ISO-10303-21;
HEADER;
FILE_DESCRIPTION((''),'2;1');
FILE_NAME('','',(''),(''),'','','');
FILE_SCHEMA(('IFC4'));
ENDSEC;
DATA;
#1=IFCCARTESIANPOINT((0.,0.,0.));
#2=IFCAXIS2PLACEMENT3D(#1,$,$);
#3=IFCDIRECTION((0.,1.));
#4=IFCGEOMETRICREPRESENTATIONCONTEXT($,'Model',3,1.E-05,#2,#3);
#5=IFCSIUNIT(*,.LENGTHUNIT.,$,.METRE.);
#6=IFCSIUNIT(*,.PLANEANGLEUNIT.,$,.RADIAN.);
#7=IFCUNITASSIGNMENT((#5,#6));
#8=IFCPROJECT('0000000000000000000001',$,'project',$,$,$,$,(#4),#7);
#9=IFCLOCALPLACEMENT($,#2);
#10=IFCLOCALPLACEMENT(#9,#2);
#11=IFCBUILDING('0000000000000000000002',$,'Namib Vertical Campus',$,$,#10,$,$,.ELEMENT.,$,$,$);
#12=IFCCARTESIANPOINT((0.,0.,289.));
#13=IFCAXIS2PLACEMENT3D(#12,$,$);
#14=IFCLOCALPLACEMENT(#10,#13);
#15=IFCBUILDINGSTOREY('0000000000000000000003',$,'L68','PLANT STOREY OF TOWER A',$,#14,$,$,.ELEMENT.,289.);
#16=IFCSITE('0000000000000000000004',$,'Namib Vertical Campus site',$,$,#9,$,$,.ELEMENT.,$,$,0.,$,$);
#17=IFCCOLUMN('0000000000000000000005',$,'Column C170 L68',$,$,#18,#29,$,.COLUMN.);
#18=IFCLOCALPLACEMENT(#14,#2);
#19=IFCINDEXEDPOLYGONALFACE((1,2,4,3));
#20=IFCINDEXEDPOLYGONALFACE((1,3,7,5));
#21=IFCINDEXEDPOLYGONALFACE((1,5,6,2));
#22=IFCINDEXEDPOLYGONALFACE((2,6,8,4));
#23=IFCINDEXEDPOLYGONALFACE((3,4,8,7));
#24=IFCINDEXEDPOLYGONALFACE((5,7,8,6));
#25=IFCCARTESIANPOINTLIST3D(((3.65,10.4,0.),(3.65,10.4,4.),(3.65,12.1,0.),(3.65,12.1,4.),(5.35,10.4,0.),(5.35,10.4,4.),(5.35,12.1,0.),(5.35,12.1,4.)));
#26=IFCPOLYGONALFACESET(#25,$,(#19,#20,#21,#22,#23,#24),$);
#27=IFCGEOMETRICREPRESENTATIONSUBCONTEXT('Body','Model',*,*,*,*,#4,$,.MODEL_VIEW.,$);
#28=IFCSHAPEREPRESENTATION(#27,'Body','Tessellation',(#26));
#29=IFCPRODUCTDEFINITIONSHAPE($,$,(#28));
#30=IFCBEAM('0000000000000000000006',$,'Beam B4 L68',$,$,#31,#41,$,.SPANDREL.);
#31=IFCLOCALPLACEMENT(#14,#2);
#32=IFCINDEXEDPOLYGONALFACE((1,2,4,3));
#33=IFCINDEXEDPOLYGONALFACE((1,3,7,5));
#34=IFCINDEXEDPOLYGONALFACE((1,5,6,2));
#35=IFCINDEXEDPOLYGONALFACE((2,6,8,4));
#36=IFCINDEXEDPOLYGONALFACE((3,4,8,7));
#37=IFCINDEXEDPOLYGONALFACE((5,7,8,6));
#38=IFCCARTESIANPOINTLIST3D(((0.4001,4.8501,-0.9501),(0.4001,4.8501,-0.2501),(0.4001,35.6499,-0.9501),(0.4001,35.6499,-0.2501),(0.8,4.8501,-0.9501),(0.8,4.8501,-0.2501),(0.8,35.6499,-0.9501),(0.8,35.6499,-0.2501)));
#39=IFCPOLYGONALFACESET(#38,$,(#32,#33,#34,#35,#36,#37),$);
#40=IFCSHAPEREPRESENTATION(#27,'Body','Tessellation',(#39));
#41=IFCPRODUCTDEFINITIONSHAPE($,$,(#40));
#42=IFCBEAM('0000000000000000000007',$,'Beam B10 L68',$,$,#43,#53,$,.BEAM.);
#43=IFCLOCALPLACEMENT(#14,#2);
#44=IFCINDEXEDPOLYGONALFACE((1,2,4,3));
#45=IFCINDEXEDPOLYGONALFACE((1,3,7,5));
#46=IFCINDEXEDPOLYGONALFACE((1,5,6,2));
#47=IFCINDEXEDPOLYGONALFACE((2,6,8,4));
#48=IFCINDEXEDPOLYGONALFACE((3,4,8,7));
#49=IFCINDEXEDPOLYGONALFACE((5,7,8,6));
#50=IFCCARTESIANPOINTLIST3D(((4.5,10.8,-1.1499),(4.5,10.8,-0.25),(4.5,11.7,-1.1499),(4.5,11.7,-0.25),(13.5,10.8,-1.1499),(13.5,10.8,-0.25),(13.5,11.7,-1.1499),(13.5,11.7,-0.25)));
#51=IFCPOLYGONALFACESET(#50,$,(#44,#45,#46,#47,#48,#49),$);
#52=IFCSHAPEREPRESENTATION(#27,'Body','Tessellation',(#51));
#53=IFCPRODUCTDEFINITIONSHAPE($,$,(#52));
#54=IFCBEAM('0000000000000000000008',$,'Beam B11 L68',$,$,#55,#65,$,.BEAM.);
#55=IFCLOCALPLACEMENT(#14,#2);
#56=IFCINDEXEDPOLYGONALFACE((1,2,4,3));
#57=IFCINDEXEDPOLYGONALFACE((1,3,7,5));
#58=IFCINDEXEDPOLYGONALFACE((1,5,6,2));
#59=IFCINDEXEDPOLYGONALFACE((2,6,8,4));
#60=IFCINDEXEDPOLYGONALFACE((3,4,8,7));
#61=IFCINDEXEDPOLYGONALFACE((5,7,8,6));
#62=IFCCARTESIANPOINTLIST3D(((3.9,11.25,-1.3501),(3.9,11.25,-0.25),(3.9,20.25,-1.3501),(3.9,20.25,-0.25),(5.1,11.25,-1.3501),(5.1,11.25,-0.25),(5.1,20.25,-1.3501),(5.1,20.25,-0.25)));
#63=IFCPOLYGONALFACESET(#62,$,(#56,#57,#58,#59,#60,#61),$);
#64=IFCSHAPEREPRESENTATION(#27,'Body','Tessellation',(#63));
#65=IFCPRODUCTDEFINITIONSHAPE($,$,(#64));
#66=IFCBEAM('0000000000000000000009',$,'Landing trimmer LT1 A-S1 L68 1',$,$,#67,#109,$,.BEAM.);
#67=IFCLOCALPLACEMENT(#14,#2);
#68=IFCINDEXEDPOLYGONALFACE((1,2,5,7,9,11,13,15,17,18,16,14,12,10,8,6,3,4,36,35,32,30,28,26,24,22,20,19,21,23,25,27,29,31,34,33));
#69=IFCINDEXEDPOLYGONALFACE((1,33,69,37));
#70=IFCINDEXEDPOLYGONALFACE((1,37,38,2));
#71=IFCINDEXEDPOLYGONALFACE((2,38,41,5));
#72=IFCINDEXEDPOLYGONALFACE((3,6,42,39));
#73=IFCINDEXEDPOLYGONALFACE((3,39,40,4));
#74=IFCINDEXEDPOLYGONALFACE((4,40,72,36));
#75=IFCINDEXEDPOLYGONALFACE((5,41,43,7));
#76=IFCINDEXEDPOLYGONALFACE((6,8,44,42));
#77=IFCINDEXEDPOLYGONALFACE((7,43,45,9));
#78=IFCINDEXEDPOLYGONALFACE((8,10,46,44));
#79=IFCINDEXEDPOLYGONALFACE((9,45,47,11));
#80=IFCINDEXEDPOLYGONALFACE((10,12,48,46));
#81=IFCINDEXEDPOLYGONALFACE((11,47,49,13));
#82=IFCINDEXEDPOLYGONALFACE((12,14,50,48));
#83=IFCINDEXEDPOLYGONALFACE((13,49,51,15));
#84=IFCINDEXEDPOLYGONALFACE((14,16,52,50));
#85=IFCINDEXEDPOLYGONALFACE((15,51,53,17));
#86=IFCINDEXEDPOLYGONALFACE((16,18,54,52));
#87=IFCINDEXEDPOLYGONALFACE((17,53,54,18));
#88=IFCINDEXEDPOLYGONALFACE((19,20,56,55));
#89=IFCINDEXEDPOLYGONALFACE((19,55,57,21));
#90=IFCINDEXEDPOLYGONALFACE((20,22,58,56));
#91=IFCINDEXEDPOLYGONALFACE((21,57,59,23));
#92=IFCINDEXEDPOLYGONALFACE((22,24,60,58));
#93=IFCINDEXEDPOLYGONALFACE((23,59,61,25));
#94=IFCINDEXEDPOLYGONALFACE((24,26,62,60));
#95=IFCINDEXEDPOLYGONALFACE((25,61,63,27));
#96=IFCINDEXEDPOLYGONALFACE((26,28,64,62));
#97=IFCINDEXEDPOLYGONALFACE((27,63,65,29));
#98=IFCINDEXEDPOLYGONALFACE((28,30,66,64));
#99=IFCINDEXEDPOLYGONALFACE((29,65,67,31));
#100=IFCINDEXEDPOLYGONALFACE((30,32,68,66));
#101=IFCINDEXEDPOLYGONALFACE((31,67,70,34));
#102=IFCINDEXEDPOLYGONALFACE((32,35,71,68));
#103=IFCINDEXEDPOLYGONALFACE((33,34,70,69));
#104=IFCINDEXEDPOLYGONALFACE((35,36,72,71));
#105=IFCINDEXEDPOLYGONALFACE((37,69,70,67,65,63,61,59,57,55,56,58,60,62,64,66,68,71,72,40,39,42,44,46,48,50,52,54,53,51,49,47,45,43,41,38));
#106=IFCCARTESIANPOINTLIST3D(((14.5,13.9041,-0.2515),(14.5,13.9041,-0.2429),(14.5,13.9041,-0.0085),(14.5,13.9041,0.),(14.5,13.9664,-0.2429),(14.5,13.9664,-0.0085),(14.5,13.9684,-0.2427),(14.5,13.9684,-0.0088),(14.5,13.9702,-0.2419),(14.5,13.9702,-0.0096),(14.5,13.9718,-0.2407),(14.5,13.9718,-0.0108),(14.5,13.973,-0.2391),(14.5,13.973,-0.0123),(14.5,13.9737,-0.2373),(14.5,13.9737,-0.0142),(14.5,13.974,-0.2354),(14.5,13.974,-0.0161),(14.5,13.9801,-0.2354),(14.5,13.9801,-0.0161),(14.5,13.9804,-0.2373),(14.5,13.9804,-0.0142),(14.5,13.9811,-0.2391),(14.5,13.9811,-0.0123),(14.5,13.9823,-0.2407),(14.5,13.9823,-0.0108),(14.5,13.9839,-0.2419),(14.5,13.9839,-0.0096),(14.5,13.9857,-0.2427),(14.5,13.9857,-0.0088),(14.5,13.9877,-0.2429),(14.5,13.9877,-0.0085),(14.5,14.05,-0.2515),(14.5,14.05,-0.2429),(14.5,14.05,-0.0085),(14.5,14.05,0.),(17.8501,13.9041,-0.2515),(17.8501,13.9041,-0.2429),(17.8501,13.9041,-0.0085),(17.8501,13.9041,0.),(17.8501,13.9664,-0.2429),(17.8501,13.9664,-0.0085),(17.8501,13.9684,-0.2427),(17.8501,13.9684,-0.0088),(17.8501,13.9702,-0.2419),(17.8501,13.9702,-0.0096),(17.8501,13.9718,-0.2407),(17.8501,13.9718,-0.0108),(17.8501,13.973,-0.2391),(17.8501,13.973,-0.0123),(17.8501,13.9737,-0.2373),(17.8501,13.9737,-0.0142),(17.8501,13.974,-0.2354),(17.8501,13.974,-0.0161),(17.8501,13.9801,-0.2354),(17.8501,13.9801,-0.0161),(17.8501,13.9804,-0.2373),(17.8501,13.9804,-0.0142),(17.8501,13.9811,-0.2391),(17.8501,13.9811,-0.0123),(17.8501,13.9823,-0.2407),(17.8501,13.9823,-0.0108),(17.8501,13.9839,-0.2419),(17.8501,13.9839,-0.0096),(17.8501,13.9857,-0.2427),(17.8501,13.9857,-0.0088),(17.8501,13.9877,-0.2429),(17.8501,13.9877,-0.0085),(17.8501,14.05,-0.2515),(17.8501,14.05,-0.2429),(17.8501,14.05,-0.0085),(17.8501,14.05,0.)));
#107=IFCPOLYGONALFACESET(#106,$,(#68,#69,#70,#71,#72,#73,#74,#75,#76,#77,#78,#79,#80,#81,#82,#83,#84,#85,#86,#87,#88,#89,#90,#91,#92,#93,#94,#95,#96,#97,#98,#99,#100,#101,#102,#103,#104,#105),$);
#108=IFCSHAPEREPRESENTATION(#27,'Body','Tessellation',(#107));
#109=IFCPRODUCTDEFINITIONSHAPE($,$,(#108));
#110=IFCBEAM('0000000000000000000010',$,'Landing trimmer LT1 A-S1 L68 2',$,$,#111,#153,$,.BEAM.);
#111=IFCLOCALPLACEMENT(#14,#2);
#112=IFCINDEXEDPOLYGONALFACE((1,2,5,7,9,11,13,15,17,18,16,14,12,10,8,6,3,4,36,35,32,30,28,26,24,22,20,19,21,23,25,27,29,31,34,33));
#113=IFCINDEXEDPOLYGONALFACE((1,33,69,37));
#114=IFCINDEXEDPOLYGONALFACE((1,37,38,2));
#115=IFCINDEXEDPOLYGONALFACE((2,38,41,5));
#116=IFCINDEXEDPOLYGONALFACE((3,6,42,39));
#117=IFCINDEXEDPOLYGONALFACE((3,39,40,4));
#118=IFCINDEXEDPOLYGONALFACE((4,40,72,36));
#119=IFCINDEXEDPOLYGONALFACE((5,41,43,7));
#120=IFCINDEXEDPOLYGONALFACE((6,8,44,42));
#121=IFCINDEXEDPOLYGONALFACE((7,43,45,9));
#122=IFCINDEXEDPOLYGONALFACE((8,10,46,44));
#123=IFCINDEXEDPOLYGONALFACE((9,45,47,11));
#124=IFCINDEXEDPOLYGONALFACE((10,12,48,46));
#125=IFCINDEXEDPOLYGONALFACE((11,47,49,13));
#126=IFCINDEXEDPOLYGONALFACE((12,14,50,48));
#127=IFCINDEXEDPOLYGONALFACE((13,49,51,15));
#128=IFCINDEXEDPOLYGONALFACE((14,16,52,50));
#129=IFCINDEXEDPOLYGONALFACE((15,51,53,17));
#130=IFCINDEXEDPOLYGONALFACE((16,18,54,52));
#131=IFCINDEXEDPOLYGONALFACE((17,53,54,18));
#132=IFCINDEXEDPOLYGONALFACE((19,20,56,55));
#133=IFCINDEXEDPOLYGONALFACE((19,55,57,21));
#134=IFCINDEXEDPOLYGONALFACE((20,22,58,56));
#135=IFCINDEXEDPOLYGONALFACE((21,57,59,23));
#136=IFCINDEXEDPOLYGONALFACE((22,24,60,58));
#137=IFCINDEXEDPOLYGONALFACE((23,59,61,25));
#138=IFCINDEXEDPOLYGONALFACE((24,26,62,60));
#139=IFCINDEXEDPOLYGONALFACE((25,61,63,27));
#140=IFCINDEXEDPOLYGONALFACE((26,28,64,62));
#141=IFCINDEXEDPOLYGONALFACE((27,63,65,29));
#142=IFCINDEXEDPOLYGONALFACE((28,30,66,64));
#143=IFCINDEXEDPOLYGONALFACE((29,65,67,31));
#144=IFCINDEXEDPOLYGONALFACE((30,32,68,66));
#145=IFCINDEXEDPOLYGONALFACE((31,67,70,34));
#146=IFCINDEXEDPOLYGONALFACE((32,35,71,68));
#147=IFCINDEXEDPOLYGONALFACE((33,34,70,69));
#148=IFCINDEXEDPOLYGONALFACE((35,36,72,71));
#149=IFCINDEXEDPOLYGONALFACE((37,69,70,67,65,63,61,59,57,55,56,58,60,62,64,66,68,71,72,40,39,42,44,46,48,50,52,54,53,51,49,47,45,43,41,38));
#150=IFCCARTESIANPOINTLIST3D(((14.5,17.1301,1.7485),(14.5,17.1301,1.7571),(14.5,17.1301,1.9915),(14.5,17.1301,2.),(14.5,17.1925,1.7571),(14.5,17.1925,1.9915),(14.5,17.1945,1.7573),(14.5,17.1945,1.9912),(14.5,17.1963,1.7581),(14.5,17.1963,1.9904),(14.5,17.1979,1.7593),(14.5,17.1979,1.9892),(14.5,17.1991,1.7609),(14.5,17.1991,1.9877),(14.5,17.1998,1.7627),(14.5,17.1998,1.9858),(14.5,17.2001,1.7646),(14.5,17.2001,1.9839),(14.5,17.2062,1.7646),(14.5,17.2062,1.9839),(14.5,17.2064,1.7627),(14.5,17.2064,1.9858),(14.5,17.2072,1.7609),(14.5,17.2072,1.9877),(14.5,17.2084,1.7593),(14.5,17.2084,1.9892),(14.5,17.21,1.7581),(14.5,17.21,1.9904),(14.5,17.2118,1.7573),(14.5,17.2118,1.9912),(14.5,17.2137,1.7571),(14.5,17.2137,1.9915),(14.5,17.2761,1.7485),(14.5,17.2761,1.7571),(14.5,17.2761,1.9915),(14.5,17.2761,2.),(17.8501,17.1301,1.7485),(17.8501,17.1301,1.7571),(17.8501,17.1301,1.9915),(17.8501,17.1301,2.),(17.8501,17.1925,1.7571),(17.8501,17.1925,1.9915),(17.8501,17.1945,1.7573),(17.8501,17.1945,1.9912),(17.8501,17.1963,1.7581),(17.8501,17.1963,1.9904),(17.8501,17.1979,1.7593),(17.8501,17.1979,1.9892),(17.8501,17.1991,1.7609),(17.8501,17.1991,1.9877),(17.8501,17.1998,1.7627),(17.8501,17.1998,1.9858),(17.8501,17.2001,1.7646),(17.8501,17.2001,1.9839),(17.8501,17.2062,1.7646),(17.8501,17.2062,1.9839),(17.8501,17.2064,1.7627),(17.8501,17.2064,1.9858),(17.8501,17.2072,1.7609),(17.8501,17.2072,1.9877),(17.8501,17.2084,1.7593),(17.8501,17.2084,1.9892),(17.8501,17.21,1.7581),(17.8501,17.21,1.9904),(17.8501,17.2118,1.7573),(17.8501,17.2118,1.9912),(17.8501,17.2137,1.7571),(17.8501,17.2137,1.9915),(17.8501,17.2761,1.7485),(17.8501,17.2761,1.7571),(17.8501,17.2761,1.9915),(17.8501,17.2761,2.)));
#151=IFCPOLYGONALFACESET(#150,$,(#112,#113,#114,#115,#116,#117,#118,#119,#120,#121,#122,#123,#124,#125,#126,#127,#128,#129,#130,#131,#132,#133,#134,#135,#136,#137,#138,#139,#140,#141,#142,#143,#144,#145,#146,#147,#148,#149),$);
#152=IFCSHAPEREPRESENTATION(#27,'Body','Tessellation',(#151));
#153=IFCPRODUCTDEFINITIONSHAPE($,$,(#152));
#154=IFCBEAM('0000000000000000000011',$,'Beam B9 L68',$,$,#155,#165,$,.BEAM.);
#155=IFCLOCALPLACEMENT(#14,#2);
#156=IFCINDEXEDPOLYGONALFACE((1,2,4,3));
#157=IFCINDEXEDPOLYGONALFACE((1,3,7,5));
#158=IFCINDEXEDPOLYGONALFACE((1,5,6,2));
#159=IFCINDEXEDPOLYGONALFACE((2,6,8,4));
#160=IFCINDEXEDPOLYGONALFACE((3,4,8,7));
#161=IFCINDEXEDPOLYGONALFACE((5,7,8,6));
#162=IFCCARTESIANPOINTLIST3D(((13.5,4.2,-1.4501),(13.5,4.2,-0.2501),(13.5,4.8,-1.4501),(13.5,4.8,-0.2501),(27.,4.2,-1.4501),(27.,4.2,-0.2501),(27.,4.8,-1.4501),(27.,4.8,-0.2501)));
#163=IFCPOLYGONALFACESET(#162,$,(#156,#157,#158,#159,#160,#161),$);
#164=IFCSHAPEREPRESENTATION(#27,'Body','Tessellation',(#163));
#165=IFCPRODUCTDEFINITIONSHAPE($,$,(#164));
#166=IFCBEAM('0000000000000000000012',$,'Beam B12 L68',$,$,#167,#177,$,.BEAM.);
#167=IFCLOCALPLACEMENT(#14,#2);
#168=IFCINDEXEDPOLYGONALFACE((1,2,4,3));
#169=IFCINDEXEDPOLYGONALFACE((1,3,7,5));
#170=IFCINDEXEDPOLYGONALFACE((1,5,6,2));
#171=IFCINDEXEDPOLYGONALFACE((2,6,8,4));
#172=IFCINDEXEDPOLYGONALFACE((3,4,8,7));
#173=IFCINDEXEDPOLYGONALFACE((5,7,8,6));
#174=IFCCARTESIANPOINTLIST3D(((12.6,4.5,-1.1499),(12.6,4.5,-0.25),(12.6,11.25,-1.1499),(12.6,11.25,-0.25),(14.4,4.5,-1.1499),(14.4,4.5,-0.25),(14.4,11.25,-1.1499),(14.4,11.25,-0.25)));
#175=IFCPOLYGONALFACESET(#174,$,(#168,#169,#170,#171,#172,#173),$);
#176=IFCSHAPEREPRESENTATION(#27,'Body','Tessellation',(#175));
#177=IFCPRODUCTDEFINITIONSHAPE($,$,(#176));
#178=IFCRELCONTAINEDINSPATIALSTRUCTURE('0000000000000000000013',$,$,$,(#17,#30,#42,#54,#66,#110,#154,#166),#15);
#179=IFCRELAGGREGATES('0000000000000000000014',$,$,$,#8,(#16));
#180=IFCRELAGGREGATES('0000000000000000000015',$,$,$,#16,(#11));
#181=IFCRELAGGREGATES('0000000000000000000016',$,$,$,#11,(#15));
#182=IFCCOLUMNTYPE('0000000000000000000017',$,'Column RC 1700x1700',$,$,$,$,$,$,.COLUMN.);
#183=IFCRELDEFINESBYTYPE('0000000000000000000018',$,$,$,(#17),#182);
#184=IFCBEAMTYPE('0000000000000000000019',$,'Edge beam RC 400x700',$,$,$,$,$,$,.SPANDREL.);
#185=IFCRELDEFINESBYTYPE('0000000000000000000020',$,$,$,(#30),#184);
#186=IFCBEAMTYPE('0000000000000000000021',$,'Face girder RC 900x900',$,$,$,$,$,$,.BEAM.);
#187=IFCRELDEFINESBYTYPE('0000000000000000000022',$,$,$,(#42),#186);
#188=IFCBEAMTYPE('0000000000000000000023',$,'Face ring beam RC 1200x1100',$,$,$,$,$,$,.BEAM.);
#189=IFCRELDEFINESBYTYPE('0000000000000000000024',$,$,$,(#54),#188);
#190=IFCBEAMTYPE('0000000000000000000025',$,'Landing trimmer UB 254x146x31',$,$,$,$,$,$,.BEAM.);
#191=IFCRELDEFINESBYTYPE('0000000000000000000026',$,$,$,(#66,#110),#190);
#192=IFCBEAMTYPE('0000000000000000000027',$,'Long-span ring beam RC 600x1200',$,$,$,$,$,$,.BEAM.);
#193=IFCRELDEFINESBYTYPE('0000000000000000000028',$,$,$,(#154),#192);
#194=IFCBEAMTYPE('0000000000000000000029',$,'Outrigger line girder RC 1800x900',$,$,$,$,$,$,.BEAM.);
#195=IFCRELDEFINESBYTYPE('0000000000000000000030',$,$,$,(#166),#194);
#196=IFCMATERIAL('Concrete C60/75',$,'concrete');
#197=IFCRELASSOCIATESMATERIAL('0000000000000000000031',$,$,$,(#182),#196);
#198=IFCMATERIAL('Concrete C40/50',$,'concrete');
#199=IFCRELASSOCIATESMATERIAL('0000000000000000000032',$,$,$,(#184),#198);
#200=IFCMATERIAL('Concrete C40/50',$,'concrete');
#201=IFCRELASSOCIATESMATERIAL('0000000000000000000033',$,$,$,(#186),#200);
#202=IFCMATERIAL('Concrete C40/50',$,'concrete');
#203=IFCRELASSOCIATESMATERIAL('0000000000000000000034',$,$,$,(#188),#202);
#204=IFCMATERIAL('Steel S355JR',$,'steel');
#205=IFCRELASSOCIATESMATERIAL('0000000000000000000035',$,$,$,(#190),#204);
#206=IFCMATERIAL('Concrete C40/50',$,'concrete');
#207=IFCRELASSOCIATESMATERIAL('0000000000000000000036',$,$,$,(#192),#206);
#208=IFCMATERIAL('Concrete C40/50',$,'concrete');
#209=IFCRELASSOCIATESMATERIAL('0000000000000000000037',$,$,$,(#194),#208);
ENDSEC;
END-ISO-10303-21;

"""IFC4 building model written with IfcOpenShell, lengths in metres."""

from ifc_helpers import new_model, si_unit, direction, frame, origin, origin_2d, place, context, subcontext, project, spatial, rectangle, i_section, extrude, material, material_profile, profile_set, type_object, element, save


model = new_model("IFC4")

# Units and contexts
model_context = context("Model", 3, precision=1e-05, world=origin(), true_north=direction((0.0, 1.0)))
body_context = subcontext(model_context, "Body", "Model", "MODEL_VIEW")
ifc_project = project(units=[si_unit("LENGTHUNIT", "METRE"), si_unit("PLANEANGLEUNIT", "RADIAN")], contexts=[model_context])

# Site, building, storey
site_placement = place(None, origin())
site = spatial("IfcSite", under=ifc_project, at=site_placement, Name="Namib Vertical Campus site", CompositionType="ELEMENT", RefElevation=0.0)
building_placement = place(site_placement, origin())
building = spatial("IfcBuilding", under=site, at=building_placement, Name="Namib Vertical Campus", CompositionType="ELEMENT")
storey_placement = place(building_placement, frame((0.0, 0.0, 289.0)))
storey = spatial("IfcBuildingStorey", under=building, at=storey_placement, Name="L68", Description="PLANT STOREY OF TOWER A", CompositionType="ELEMENT", Elevation=289.0)

# Column
ifc_material_1 = material(Name="Concrete C60/75", Category="concrete")
ifc_material_profile_1 = material_profile(ifc_material_1, rectangle(XDim=1.7, YDim=1.7, at=origin_2d()))
ifc_profile_set_1 = profile_set([ifc_material_profile_1], Name="Concrete C60/75")
column_type = type_object("IfcColumnType", Name="Column RC 1700x1700", PredefinedType="COLUMN", material=ifc_profile_set_1)
column_placement = place(storey_placement, frame((4.5, 11.25, 0.0), z_axis=(0.0, 0.0, 1.0), x_axis=(1.0, 0.0, 0.0)))
element("IfcColumn", 1, at=column_placement, inside=storey, type_object=column_type, Name="Column C170 L68", PredefinedType="COLUMN", context=body_context, shape_type="SweptSolid", body=[
    extrude(rectangle(XDim=1.7, YDim=1.7, at=origin_2d()), origin(), (0.0, 0.0, 1.0), 4.0),
])

# Beams
ifc_material_2 = material(Name="Concrete C40/50", Category="concrete")
ifc_material_profile_2 = material_profile(ifc_material_2, rectangle(XDim=0.3999, YDim=0.7, at=origin_2d()))
ifc_profile_set_2 = profile_set([ifc_material_profile_2], Name="Concrete C40/50")
beam_type_1 = type_object("IfcBeamType", Name="Edge beam RC 400x700", PredefinedType="SPANDREL", material=ifc_profile_set_2)
beam_1_placement = place(storey_placement, frame((0.6001, 4.8501, -0.6001), z_axis=(0.0, 1.0, 0.0), x_axis=(-1.0, 0.0, 0.0)))
element("IfcBeam", 2, at=beam_1_placement, inside=storey, type_object=beam_type_1, Name="Beam B4 L68", PredefinedType="SPANDREL", context=body_context, shape_type="SweptSolid", body=[
    extrude(rectangle(XDim=0.3999, YDim=0.7, at=origin_2d()), origin(), (0.0, 0.0, 1.0), 30.7998),
])
ifc_material_3 = material(Name="Concrete C40/50", Category="concrete")
ifc_material_profile_3 = material_profile(ifc_material_3, rectangle(XDim=0.8999, YDim=0.8999, at=origin_2d()))
ifc_profile_set_3 = profile_set([ifc_material_profile_3], Name="Concrete C40/50")
beam_type_2 = type_object("IfcBeamType", Name="Face girder RC 900x900", PredefinedType="BEAM", material=ifc_profile_set_3)
beam_2_placement = place(storey_placement, frame((4.5, 11.25, -0.7), z_axis=(1.0, 0.0, 0.0), x_axis=(0.0, 1.0, 0.0)))
element("IfcBeam", 3, at=beam_2_placement, inside=storey, type_object=beam_type_2, Name="Beam B10 L68", PredefinedType="BEAM", context=body_context, shape_type="SweptSolid", body=[
    extrude(rectangle(XDim=0.8999, YDim=0.8999, at=origin_2d()), origin(), (0.0, 0.0, 1.0), 9.0),
])
ifc_material_4 = material(Name="Concrete C40/50", Category="concrete")
ifc_material_profile_4 = material_profile(ifc_material_4, rectangle(XDim=1.2, YDim=1.1001, at=origin_2d()))
ifc_profile_set_4 = profile_set([ifc_material_profile_4], Name="Concrete C40/50")
beam_type_3 = type_object("IfcBeamType", Name="Face ring beam RC 1200x1100", PredefinedType="BEAM", material=ifc_profile_set_4)
beam_3_placement = place(storey_placement, frame((4.5, 11.25, -0.8), z_axis=(0.0, 1.0, 0.0), x_axis=(-1.0, 0.0, 0.0)))
element("IfcBeam", 4, at=beam_3_placement, inside=storey, type_object=beam_type_3, Name="Beam B11 L68", PredefinedType="BEAM", context=body_context, shape_type="SweptSolid", body=[
    extrude(rectangle(XDim=1.2, YDim=1.1001, at=origin_2d()), origin(), (0.0, 0.0, 1.0), 9.0),
])
ifc_material_5 = material(Name="Steel S355JR", Category="steel")
ifc_material_profile_5 = material_profile(ifc_material_5, i_section(OverallWidth=0.146, OverallDepth=0.2515, WebThickness=0.0061, FlangeThickness=0.0085, FilletRadius=0.0076, at=origin_2d()))
ifc_profile_set_5 = profile_set([ifc_material_profile_5], Name="Steel S355JR")
beam_type_4 = type_object("IfcBeamType", Name="Landing trimmer UB 254x146x31", PredefinedType="BEAM", material=ifc_profile_set_5)
for number, where, z_axis, x_axis, name in (
    (5, (14.5, 13.9771, -0.1257), (1.0, 0.0, 0.0), (0.0, 1.0, 0.0), "Landing trimmer LT1 A-S1 L68 1"),
    (6, (14.5, 17.2031, 1.8743), (1.0, 0.0, 0.0), (0.0, 1.0, 0.0), "Landing trimmer LT1 A-S1 L68 2"),
):
    element("IfcBeam", number, at=place(storey_placement, frame(where, z_axis=z_axis, x_axis=x_axis)), inside=storey, type_object=beam_type_4, Name=name, PredefinedType="BEAM", context=body_context, shape_type="SweptSolid", body=[
        extrude(i_section(OverallWidth=0.146, OverallDepth=0.2515, WebThickness=0.0061, FlangeThickness=0.0085, FilletRadius=0.0076, at=origin_2d()), origin(), (0.0, 0.0, 1.0), 3.3501),
    ])
ifc_material_6 = material(Name="Concrete C40/50", Category="concrete")
ifc_material_profile_6 = material_profile(ifc_material_6, rectangle(XDim=0.6001, YDim=1.2, at=origin_2d()))
ifc_profile_set_6 = profile_set([ifc_material_profile_6], Name="Concrete C40/50")
beam_type_5 = type_object("IfcBeamType", Name="Long-span ring beam RC 600x1200", PredefinedType="BEAM", material=ifc_profile_set_6)
beam_4_placement = place(storey_placement, frame((13.5, 4.5, -0.8501), z_axis=(1.0, 0.0, 0.0), x_axis=(0.0, 1.0, 0.0)))
element("IfcBeam", 7, at=beam_4_placement, inside=storey, type_object=beam_type_5, Name="Beam B9 L68", PredefinedType="BEAM", context=body_context, shape_type="SweptSolid", body=[
    extrude(rectangle(XDim=0.6001, YDim=1.2, at=origin_2d()), origin(), (0.0, 0.0, 1.0), 13.5),
])
ifc_material_7 = material(Name="Concrete C40/50", Category="concrete")
ifc_material_profile_7 = material_profile(ifc_material_7, rectangle(XDim=1.8, YDim=0.8999, at=origin_2d()))
ifc_profile_set_7 = profile_set([ifc_material_profile_7], Name="Concrete C40/50")
beam_type_6 = type_object("IfcBeamType", Name="Outrigger line girder RC 1800x900", PredefinedType="BEAM", material=ifc_profile_set_7)
beam_5_placement = place(storey_placement, frame((13.5, 4.5, -0.7), z_axis=(0.0, 1.0, 0.0), x_axis=(-1.0, 0.0, 0.0)))
element("IfcBeam", 8, at=beam_5_placement, inside=storey, type_object=beam_type_6, Name="Beam B12 L68", PredefinedType="BEAM", context=body_context, shape_type="SweptSolid", body=[
    extrude(rectangle(XDim=1.8, YDim=0.8999, at=origin_2d()), origin(), (0.0, 0.0, 1.0), 6.75),
])

save(model, "model.ifc")
